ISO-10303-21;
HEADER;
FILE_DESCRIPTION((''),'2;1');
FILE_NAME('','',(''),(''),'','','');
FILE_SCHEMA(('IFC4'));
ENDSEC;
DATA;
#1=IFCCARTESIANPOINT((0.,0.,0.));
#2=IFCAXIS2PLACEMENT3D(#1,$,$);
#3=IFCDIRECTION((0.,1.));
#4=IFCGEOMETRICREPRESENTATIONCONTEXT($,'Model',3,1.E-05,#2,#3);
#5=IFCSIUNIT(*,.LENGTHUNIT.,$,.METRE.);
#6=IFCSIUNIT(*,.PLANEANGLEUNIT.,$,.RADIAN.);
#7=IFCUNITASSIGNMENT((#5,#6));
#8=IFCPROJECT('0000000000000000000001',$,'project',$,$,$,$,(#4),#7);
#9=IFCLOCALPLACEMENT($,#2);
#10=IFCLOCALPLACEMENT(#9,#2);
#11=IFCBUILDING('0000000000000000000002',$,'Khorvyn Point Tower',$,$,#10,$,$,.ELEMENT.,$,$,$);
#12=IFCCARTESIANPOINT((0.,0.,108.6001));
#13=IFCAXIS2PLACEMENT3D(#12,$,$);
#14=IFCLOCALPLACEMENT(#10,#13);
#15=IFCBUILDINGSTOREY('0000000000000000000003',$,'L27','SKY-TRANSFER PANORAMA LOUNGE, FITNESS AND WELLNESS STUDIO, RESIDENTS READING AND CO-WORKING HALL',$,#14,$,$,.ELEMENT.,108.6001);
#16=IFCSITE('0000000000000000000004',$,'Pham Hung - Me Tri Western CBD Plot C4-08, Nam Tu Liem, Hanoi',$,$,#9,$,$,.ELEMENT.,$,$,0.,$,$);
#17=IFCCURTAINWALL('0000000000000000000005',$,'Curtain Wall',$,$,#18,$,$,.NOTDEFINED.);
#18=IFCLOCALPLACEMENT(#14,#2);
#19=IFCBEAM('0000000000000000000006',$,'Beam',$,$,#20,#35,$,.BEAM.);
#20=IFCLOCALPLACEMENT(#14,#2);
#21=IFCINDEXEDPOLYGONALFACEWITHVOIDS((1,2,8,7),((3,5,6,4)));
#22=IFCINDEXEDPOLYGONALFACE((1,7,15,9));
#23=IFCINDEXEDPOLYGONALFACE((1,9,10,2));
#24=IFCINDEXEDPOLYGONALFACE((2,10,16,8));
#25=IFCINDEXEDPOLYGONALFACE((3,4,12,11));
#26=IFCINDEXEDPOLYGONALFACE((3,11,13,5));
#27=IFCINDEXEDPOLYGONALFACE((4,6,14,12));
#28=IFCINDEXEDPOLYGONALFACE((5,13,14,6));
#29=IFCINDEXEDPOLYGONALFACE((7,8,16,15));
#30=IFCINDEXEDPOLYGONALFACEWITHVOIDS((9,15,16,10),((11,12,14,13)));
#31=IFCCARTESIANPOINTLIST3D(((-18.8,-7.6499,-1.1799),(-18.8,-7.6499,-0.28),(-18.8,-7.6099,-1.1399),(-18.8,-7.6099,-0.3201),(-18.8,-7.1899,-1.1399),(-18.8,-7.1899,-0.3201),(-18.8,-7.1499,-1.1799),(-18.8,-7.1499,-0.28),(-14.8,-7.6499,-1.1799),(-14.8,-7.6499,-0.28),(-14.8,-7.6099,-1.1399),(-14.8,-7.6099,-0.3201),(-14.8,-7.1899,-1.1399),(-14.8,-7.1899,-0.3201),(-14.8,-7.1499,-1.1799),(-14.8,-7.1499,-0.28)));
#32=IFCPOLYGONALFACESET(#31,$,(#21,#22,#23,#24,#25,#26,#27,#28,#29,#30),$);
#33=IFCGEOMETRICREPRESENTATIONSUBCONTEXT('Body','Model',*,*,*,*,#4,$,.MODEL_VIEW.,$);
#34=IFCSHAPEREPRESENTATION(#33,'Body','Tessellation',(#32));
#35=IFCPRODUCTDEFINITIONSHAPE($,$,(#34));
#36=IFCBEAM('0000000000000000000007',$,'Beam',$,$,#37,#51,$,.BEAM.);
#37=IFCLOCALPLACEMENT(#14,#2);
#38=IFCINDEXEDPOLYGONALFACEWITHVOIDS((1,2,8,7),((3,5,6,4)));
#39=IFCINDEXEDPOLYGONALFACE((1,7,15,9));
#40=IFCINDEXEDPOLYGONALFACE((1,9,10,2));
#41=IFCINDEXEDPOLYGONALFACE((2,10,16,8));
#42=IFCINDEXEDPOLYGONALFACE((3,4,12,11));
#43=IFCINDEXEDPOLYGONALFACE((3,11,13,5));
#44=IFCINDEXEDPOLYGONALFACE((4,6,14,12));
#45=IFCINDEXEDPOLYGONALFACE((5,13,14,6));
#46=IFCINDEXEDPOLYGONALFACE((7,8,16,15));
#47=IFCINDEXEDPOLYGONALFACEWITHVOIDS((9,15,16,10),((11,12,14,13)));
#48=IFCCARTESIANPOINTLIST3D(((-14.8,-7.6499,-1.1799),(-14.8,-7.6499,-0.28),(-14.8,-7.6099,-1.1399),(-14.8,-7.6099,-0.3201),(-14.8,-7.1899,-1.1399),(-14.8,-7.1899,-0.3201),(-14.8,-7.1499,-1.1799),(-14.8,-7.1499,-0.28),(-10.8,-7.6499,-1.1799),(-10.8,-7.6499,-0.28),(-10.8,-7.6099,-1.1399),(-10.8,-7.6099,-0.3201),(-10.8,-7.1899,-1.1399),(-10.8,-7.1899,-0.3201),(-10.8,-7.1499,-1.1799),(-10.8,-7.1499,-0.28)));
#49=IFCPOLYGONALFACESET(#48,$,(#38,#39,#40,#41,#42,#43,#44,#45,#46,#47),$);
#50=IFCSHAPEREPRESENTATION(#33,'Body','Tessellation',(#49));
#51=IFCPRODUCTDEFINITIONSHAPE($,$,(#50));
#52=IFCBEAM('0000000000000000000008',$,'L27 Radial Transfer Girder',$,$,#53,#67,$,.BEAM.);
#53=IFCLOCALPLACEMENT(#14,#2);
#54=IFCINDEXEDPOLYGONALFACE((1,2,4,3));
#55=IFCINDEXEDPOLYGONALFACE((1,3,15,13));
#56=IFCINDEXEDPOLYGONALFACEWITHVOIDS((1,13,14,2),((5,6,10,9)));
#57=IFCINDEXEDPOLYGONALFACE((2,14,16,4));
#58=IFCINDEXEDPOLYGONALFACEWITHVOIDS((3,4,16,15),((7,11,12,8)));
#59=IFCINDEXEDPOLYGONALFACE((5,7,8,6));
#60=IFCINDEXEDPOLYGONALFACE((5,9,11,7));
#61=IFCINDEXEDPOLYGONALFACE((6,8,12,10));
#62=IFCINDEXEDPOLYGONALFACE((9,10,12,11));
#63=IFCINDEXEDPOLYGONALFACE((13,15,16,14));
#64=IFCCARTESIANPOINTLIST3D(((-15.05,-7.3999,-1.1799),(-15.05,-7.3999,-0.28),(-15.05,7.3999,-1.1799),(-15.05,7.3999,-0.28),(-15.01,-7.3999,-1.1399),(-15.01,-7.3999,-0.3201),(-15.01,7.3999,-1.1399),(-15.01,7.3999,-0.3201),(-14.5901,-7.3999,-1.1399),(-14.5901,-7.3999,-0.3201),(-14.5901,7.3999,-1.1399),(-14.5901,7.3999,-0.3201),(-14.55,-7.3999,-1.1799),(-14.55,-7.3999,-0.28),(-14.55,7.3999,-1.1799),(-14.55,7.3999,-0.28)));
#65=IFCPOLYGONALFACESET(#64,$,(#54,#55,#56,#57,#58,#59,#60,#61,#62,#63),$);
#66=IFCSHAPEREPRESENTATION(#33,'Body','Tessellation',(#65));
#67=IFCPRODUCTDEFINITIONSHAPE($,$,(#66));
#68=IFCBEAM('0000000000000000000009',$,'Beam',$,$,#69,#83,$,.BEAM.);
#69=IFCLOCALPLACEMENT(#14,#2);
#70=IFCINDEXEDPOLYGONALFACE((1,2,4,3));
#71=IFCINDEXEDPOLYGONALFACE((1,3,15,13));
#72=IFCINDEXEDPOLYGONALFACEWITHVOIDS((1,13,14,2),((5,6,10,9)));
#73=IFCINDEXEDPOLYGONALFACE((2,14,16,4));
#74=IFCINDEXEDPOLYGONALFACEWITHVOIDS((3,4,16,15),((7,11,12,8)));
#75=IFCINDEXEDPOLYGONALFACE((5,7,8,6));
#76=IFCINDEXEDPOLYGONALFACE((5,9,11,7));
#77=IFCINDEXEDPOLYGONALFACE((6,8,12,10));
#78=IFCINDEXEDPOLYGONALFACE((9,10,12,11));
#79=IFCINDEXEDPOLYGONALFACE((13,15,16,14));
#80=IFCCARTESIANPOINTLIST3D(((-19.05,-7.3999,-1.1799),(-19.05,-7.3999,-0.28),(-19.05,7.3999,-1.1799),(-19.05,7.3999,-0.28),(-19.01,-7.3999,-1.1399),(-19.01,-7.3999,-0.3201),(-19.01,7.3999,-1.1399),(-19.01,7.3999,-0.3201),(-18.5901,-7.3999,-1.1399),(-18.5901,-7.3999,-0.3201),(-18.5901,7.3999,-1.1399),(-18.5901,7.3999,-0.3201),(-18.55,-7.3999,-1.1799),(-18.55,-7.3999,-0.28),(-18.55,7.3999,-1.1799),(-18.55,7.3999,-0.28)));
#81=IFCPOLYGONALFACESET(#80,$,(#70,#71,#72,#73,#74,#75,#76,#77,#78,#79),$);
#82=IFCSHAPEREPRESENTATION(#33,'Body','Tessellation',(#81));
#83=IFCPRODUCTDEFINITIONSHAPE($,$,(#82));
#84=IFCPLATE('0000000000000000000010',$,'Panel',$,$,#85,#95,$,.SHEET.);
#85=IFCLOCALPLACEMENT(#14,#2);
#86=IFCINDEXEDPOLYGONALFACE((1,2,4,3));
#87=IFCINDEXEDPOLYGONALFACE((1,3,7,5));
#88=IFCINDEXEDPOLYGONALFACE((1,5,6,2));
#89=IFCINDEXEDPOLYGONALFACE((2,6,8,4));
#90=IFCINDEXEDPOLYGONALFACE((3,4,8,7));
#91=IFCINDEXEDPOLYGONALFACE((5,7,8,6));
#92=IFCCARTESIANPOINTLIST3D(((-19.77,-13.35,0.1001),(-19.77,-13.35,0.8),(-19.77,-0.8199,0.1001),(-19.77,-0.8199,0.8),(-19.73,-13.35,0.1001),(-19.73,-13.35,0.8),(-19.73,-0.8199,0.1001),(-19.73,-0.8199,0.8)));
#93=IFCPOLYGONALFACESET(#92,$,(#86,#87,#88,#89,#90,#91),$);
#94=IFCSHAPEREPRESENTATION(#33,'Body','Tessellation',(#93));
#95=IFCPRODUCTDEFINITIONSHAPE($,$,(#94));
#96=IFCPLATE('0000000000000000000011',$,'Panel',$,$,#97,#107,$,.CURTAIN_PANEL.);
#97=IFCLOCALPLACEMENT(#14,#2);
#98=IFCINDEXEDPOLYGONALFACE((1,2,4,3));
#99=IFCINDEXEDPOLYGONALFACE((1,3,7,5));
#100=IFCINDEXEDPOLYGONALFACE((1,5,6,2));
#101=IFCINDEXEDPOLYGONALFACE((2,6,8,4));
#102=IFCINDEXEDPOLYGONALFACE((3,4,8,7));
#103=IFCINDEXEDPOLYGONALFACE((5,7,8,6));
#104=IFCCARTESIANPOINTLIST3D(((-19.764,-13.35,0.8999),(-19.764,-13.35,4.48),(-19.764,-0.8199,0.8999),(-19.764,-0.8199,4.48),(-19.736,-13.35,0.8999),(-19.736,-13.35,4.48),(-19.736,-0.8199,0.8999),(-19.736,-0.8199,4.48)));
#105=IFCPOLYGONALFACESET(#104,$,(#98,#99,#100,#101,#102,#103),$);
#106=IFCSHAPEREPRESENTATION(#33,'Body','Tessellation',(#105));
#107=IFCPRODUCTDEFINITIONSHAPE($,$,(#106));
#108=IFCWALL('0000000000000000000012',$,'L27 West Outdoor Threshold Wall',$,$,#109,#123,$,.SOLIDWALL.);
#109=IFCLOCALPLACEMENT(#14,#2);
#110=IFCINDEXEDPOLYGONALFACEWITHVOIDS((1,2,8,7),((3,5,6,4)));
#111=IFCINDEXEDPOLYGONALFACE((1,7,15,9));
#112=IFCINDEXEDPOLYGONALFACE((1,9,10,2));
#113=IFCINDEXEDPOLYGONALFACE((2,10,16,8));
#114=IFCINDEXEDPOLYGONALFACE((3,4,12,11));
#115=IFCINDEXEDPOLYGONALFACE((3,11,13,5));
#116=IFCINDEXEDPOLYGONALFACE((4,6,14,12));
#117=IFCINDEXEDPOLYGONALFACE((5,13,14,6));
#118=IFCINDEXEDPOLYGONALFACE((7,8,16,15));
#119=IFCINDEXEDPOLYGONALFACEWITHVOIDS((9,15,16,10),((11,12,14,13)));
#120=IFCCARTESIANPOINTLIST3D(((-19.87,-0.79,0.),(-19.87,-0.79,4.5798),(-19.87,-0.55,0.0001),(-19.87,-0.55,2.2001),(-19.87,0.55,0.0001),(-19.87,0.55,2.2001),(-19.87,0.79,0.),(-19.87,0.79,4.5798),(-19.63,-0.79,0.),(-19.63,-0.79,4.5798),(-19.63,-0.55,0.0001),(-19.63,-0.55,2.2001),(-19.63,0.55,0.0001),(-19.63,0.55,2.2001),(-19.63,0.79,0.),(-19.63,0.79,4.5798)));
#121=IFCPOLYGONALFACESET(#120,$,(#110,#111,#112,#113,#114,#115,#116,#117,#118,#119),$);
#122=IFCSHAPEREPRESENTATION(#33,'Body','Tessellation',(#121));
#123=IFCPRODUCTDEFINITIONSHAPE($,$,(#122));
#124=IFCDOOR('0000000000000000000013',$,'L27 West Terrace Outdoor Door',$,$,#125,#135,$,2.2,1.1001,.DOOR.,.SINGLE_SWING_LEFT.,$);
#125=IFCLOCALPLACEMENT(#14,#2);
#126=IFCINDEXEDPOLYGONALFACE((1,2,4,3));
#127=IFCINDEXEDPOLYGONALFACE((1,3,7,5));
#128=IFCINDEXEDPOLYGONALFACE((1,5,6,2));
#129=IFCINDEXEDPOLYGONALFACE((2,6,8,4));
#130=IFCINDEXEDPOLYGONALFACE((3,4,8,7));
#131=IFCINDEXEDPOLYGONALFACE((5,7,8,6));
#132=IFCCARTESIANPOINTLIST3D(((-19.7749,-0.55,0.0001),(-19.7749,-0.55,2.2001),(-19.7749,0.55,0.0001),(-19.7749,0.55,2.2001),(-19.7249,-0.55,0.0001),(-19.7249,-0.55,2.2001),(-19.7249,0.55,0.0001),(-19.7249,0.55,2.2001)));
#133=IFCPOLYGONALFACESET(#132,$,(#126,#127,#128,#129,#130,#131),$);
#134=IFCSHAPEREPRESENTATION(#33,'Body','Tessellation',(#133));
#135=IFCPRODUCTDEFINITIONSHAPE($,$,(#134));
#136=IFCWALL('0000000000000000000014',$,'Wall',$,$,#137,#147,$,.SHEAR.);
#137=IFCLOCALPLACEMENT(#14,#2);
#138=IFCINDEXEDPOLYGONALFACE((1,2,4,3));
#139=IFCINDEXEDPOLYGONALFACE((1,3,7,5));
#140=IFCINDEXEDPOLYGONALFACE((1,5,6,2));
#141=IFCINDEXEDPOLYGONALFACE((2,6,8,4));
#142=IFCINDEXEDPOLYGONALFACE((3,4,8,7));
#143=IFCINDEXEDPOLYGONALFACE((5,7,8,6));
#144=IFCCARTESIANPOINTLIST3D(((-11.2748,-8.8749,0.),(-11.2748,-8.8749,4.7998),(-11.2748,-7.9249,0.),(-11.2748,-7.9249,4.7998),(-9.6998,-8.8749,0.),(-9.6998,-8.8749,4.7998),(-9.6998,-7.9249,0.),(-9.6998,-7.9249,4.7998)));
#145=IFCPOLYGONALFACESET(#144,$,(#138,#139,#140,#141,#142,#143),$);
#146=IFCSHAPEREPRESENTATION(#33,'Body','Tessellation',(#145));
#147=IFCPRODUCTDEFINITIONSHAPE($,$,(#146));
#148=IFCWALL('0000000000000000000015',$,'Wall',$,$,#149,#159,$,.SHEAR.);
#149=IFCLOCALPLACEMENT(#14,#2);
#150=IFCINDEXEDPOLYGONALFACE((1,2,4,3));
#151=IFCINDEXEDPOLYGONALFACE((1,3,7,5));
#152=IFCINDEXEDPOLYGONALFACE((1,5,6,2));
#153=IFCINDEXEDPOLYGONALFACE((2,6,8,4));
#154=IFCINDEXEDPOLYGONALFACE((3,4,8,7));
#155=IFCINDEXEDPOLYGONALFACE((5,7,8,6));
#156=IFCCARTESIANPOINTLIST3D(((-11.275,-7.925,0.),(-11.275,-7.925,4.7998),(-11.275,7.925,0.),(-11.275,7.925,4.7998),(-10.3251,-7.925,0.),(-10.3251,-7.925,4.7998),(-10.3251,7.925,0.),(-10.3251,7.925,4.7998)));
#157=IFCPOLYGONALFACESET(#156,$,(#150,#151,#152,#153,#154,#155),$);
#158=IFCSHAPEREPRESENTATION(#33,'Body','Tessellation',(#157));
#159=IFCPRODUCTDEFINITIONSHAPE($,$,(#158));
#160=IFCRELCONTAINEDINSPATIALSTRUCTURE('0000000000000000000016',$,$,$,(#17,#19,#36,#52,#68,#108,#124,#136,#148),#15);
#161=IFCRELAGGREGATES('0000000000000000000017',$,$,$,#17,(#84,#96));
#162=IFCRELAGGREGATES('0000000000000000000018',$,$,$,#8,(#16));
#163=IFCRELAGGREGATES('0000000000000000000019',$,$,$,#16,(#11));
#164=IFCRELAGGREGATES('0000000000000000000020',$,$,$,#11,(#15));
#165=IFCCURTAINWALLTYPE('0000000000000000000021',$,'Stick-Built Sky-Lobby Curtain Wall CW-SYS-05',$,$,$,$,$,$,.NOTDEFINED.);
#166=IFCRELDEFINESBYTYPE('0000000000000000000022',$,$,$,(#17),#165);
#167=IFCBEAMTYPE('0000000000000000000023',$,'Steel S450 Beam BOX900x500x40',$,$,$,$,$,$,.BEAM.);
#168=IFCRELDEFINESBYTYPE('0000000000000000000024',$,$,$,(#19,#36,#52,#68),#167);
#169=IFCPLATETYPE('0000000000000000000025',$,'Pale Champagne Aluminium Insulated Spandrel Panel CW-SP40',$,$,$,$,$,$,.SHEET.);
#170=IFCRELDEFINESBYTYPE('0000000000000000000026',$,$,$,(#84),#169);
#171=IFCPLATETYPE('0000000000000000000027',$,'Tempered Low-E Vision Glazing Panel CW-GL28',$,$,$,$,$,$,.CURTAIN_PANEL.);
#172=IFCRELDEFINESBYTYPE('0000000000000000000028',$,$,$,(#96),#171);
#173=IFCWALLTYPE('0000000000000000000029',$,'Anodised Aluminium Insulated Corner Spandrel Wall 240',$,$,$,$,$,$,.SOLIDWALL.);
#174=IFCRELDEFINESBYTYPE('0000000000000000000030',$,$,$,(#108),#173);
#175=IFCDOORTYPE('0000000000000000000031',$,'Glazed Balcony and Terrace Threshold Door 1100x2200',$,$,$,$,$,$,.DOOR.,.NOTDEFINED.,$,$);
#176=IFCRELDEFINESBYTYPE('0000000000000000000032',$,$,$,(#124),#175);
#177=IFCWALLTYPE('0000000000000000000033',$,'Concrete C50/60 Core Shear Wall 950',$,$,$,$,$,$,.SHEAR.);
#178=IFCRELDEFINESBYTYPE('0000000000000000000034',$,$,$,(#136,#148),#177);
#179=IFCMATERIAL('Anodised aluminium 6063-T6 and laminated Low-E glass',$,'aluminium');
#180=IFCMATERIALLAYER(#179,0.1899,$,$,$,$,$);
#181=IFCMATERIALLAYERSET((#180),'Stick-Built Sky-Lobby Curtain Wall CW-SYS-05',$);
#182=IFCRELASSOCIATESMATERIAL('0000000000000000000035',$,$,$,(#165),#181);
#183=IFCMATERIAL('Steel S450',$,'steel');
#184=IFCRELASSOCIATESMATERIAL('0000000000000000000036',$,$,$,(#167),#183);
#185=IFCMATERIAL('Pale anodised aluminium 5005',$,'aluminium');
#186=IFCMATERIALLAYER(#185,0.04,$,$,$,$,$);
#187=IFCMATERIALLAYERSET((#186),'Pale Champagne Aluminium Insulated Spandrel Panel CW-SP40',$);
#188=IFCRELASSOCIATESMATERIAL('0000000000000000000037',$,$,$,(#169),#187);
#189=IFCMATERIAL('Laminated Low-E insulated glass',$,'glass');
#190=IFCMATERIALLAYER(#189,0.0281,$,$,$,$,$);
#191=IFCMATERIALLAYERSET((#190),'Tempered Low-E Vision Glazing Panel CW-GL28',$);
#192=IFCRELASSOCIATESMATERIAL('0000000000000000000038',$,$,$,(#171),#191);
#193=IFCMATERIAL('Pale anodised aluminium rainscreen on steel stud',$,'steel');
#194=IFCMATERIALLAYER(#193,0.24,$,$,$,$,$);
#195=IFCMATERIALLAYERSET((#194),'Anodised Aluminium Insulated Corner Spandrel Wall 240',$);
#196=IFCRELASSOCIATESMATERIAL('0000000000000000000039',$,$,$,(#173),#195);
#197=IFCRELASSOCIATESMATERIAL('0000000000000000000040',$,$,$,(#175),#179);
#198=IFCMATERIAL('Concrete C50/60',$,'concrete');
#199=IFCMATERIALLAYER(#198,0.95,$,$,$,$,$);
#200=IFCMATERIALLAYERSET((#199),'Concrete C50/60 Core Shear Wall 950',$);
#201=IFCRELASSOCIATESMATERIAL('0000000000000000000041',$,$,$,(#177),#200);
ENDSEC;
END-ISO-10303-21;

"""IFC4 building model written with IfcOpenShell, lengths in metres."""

from ifc_helpers import new_model, si_unit, direction, frame, frame_2d, origin, origin_2d, place, context, subcontext, project, spatial, rectangle, hollow_rectangle, extrude, material, layer, layer_set, material_profile, profile_set, type_object, element, fill, aggregate, save


model = new_model("IFC4")

# Units and contexts
model_context = context("Model", 3, precision=1e-05, world=origin(), true_north=direction((0.0, 1.0)))
body_context = subcontext(model_context, "Body", "Model", "MODEL_VIEW")
ifc_project = project(units=[si_unit("LENGTHUNIT", "METRE"), si_unit("PLANEANGLEUNIT", "RADIAN")], contexts=[model_context])

# Site, building, storey
site_placement = place(None, origin())
site = spatial("IfcSite", under=ifc_project, at=site_placement, Name="Pham Hung - Me Tri Western CBD Plot C4-08, Nam Tu Liem, Hanoi", CompositionType="ELEMENT", RefElevation=0.0)
building_placement = place(site_placement, origin())
building = spatial("IfcBuilding", under=site, at=building_placement, Name="Khorvyn Point Tower", CompositionType="ELEMENT")
storey_placement = place(building_placement, frame((0.0, 0.0, 108.6001)))
storey = spatial("IfcBuildingStorey", under=building, at=storey_placement, Name="L27", Description="SKY-TRANSFER PANORAMA LOUNGE, FITNESS AND WELLNESS STUDIO, RESIDENTS READING AND CO-WORKING HALL", CompositionType="ELEMENT", Elevation=108.6001)

# Shared definitions
ifc_material_1 = material(Name="Concrete C50/60", Category="concrete")

# Curtain wall
ifc_material_2 = material(Name="Anodised aluminium 6063-T6 and laminated Low-E glass", Category="aluminium")
ifc_layer_1 = layer(ifc_material_2, 0.1899)
ifc_layer_set_1 = layer_set([ifc_layer_1], Name="Stick-Built Sky-Lobby Curtain Wall CW-SYS-05")
curtain_wall_type = type_object("IfcCurtainWallType", Name="Stick-Built Sky-Lobby Curtain Wall CW-SYS-05", PredefinedType="NOTDEFINED", material=ifc_layer_set_1)
curtain_wall_1_placement = place(storey_placement, origin())
curtain_wall_1 = element("IfcCurtainWall", 1, at=curtain_wall_1_placement, inside=storey, type_object=curtain_wall_type, Name="Curtain Wall", PredefinedType="NOTDEFINED")

# Beams
ifc_material_3 = material(Name="Steel S450", Category="steel")
ifc_material_profile_1 = material_profile(ifc_material_3, hollow_rectangle(XDim=0.5, YDim=0.8999, WallThickness=0.04, at=origin_2d()))
ifc_profile_set_1 = profile_set([ifc_material_profile_1], Name="Steel S450 BOX900x500x40")
beam_type_1 = type_object("IfcBeamType", Name="Steel S450 Beam BOX900x500x40", PredefinedType="BEAM", material=ifc_profile_set_1)
for number, where, z_axis, x_axis, name in (
    (2, (-18.8, -7.3999, -0.73), (1.0, 0.0, 0.0), (0.0, 1.0, 0.0), "Beam"),
    (3, (-14.8, -7.3999, -0.73), (1.0, 0.0, 0.0), (0.0, 1.0, 0.0), "Beam"),
):
    element("IfcBeam", number, at=place(storey_placement, frame(where, z_axis=z_axis, x_axis=x_axis)), inside=storey, type_object=beam_type_1, Name=name, PredefinedType="BEAM", context=body_context, shape_type="SweptSolid", body=[
        extrude(hollow_rectangle(XDim=0.5, YDim=0.8999, WallThickness=0.04, at=origin_2d()), origin(), (0.0, 0.0, 1.0), 4.0),
    ])
for number, where, z_axis, x_axis, name in (
    (4, (-14.8, -7.3999, -0.73), (0.0, 1.0, 0.0), (-1.0, 0.0, 0.0), "L27 Radial Transfer Girder"),
    (5, (-18.8, -7.3999, -0.73), (0.0, 1.0, 0.0), (-1.0, 0.0, 0.0), "Beam"),
):
    element("IfcBeam", number, at=place(storey_placement, frame(where, z_axis=z_axis, x_axis=x_axis)), inside=storey, type_object=beam_type_1, Name=name, PredefinedType="BEAM", context=body_context, shape_type="SweptSolid", body=[
        extrude(hollow_rectangle(XDim=0.5, YDim=0.8999, WallThickness=0.04, at=origin_2d()), origin(), (0.0, 0.0, 1.0), 14.7998),
    ])

# Plates
ifc_material_4 = material(Name="Pale anodised aluminium 5005", Category="aluminium")
ifc_layer_2 = layer(ifc_material_4, 0.04)
ifc_layer_set_2 = layer_set([ifc_layer_2], Name="Pale Champagne Aluminium Insulated Spandrel Panel CW-SP40")
plate_type_1 = type_object("IfcPlateType", Name="Pale Champagne Aluminium Insulated Spandrel Panel CW-SP40", PredefinedType="SHEET", material=ifc_layer_set_2)
plate_1_placement = place(storey_placement, frame((-19.75, -7.085, 0.1001), z_axis=(0.0, 0.0, 1.0), x_axis=(0.0, 1.0, 0.0)))
plate_1 = element("IfcPlate", 6, at=plate_1_placement, type_object=plate_type_1, Name="Panel", PredefinedType="SHEET", context=body_context, shape_type="SweptSolid", body=[
    extrude(rectangle(XDim=12.53, YDim=0.04, at=origin_2d()), origin(), (0.0, 0.0, 1.0), 0.7),
])
ifc_material_5 = material(Name="Laminated Low-E insulated glass", Category="glass")
ifc_layer_3 = layer(ifc_material_5, 0.0281)
ifc_layer_set_3 = layer_set([ifc_layer_3], Name="Tempered Low-E Vision Glazing Panel CW-GL28")
plate_type_2 = type_object("IfcPlateType", Name="Tempered Low-E Vision Glazing Panel CW-GL28", PredefinedType="CURTAIN_PANEL", material=ifc_layer_set_3)
plate_2_placement = place(storey_placement, frame((-19.75, -7.085, 0.8999), z_axis=(0.0, 0.0, 1.0), x_axis=(0.0, 1.0, 0.0)))
plate_2 = element("IfcPlate", 7, at=plate_2_placement, type_object=plate_type_2, Name="Panel", PredefinedType="CURTAIN_PANEL", context=body_context, shape_type="SweptSolid", body=[
    extrude(rectangle(XDim=12.53, YDim=0.0281, at=origin_2d()), origin(), (0.0, 0.0, 1.0), 3.5801),
])
aggregate(curtain_wall_1, [plate_1, plate_2])

# Wall, opening, door
ifc_material_6 = material(Name="Pale anodised aluminium rainscreen on steel stud", Category="steel")
ifc_layer_4 = layer(ifc_material_6, 0.24)
ifc_layer_set_4 = layer_set([ifc_layer_4], Name="Anodised Aluminium Insulated Corner Spandrel Wall 240")
wall_type_1 = type_object("IfcWallType", Name="Anodised Aluminium Insulated Corner Spandrel Wall 240", PredefinedType="SOLIDWALL", material=ifc_layer_set_4)
wall_1_placement = place(storey_placement, frame((-19.75, -0.79, 0.0), z_axis=(0.0, 0.0, 1.0), x_axis=(0.0, 1.0, 0.0)))
wall_1 = element("IfcWall", 8, at=wall_1_placement, inside=storey, type_object=wall_type_1, Name="L27 West Outdoor Threshold Wall", PredefinedType="SOLIDWALL", context=body_context, shape_type="SweptSolid", body=[
    extrude(rectangle(XDim=1.5801, YDim=0.24, at=frame_2d((0.79, 0.0))), origin(), (0.0, 0.0, 1.0), 4.5798),
])
opening_1_placement = place(wall_1_placement, frame((0.24, 0.0, 0.0)))
opening_1 = element("IfcOpeningElement", 9, at=opening_1_placement, cuts=wall_1, PredefinedType="OPENING", context=body_context, shape_type="SweptSolid", body=[
    extrude(rectangle(XDim=1.1001, YDim=2.2, at=frame_2d((0.55, 1.1001))), frame((0.0, 0.1299, 0.0), z_axis=(0.0, -1.0, 0.0), x_axis=(1.0, 0.0, 0.0)), (0.0, 0.0, 1.0), 0.26),
])
door_type_1 = type_object("IfcDoorType", Name="Glazed Balcony and Terrace Threshold Door 1100x2200", OperationType="NOTDEFINED", PredefinedType="DOOR", material=ifc_material_2)
door_1_placement = place(opening_1_placement, origin())
door_1 = element("IfcDoor", 10, at=door_1_placement, inside=storey, type_object=door_type_1, Name="L27 West Terrace Outdoor Door", OperationType="SINGLE_SWING_LEFT", OverallHeight=2.2, OverallWidth=1.1001, PredefinedType="DOOR", context=body_context, shape_type="SweptSolid", body=[
    extrude(rectangle(XDim=1.1001, YDim=2.2, at=frame_2d((0.55, 1.1001))), frame((0.0, 0.0249, 0.0), z_axis=(0.0, -1.0, 0.0), x_axis=(1.0, 0.0, 0.0)), (0.0, 0.0, 1.0), 0.05),
])
fill(opening_1, door_1)

# Walls
ifc_layer_5 = layer(ifc_material_1, 0.95)
ifc_layer_set_5 = layer_set([ifc_layer_5], Name="Concrete C50/60 Core Shear Wall 950")
wall_type_2 = type_object("IfcWallType", Name="Concrete C50/60 Core Shear Wall 950", PredefinedType="SHEAR", material=ifc_layer_set_5)
wall_2_placement = place(storey_placement, frame((-11.2749, -8.3999, 0.0), z_axis=(0.0, 0.0, 1.0), x_axis=(1.0, 0.0, 0.0)))
element("IfcWall", 11, at=wall_2_placement, inside=storey, type_object=wall_type_2, Name="Wall", PredefinedType="SHEAR", context=body_context, shape_type="SweptSolid", body=[
    extrude(rectangle(XDim=1.575, YDim=0.95, at=frame_2d((0.7876, 0.0))), origin(), (0.0, 0.0, 1.0), 4.7998),
])
wall_3_placement = place(storey_placement, frame((-10.8, -7.925, 0.0), z_axis=(0.0, 0.0, 1.0), x_axis=(0.0, 1.0, 0.0)))
element("IfcWall", 12, at=wall_3_placement, inside=storey, type_object=wall_type_2, Name="Wall", PredefinedType="SHEAR", context=body_context, shape_type="SweptSolid", body=[
    extrude(rectangle(XDim=15.8501, YDim=0.95, at=frame_2d((7.925, 0.0))), origin(), (0.0, 0.0, 1.0), 4.7998),
])

save(model, "model.ifc")
